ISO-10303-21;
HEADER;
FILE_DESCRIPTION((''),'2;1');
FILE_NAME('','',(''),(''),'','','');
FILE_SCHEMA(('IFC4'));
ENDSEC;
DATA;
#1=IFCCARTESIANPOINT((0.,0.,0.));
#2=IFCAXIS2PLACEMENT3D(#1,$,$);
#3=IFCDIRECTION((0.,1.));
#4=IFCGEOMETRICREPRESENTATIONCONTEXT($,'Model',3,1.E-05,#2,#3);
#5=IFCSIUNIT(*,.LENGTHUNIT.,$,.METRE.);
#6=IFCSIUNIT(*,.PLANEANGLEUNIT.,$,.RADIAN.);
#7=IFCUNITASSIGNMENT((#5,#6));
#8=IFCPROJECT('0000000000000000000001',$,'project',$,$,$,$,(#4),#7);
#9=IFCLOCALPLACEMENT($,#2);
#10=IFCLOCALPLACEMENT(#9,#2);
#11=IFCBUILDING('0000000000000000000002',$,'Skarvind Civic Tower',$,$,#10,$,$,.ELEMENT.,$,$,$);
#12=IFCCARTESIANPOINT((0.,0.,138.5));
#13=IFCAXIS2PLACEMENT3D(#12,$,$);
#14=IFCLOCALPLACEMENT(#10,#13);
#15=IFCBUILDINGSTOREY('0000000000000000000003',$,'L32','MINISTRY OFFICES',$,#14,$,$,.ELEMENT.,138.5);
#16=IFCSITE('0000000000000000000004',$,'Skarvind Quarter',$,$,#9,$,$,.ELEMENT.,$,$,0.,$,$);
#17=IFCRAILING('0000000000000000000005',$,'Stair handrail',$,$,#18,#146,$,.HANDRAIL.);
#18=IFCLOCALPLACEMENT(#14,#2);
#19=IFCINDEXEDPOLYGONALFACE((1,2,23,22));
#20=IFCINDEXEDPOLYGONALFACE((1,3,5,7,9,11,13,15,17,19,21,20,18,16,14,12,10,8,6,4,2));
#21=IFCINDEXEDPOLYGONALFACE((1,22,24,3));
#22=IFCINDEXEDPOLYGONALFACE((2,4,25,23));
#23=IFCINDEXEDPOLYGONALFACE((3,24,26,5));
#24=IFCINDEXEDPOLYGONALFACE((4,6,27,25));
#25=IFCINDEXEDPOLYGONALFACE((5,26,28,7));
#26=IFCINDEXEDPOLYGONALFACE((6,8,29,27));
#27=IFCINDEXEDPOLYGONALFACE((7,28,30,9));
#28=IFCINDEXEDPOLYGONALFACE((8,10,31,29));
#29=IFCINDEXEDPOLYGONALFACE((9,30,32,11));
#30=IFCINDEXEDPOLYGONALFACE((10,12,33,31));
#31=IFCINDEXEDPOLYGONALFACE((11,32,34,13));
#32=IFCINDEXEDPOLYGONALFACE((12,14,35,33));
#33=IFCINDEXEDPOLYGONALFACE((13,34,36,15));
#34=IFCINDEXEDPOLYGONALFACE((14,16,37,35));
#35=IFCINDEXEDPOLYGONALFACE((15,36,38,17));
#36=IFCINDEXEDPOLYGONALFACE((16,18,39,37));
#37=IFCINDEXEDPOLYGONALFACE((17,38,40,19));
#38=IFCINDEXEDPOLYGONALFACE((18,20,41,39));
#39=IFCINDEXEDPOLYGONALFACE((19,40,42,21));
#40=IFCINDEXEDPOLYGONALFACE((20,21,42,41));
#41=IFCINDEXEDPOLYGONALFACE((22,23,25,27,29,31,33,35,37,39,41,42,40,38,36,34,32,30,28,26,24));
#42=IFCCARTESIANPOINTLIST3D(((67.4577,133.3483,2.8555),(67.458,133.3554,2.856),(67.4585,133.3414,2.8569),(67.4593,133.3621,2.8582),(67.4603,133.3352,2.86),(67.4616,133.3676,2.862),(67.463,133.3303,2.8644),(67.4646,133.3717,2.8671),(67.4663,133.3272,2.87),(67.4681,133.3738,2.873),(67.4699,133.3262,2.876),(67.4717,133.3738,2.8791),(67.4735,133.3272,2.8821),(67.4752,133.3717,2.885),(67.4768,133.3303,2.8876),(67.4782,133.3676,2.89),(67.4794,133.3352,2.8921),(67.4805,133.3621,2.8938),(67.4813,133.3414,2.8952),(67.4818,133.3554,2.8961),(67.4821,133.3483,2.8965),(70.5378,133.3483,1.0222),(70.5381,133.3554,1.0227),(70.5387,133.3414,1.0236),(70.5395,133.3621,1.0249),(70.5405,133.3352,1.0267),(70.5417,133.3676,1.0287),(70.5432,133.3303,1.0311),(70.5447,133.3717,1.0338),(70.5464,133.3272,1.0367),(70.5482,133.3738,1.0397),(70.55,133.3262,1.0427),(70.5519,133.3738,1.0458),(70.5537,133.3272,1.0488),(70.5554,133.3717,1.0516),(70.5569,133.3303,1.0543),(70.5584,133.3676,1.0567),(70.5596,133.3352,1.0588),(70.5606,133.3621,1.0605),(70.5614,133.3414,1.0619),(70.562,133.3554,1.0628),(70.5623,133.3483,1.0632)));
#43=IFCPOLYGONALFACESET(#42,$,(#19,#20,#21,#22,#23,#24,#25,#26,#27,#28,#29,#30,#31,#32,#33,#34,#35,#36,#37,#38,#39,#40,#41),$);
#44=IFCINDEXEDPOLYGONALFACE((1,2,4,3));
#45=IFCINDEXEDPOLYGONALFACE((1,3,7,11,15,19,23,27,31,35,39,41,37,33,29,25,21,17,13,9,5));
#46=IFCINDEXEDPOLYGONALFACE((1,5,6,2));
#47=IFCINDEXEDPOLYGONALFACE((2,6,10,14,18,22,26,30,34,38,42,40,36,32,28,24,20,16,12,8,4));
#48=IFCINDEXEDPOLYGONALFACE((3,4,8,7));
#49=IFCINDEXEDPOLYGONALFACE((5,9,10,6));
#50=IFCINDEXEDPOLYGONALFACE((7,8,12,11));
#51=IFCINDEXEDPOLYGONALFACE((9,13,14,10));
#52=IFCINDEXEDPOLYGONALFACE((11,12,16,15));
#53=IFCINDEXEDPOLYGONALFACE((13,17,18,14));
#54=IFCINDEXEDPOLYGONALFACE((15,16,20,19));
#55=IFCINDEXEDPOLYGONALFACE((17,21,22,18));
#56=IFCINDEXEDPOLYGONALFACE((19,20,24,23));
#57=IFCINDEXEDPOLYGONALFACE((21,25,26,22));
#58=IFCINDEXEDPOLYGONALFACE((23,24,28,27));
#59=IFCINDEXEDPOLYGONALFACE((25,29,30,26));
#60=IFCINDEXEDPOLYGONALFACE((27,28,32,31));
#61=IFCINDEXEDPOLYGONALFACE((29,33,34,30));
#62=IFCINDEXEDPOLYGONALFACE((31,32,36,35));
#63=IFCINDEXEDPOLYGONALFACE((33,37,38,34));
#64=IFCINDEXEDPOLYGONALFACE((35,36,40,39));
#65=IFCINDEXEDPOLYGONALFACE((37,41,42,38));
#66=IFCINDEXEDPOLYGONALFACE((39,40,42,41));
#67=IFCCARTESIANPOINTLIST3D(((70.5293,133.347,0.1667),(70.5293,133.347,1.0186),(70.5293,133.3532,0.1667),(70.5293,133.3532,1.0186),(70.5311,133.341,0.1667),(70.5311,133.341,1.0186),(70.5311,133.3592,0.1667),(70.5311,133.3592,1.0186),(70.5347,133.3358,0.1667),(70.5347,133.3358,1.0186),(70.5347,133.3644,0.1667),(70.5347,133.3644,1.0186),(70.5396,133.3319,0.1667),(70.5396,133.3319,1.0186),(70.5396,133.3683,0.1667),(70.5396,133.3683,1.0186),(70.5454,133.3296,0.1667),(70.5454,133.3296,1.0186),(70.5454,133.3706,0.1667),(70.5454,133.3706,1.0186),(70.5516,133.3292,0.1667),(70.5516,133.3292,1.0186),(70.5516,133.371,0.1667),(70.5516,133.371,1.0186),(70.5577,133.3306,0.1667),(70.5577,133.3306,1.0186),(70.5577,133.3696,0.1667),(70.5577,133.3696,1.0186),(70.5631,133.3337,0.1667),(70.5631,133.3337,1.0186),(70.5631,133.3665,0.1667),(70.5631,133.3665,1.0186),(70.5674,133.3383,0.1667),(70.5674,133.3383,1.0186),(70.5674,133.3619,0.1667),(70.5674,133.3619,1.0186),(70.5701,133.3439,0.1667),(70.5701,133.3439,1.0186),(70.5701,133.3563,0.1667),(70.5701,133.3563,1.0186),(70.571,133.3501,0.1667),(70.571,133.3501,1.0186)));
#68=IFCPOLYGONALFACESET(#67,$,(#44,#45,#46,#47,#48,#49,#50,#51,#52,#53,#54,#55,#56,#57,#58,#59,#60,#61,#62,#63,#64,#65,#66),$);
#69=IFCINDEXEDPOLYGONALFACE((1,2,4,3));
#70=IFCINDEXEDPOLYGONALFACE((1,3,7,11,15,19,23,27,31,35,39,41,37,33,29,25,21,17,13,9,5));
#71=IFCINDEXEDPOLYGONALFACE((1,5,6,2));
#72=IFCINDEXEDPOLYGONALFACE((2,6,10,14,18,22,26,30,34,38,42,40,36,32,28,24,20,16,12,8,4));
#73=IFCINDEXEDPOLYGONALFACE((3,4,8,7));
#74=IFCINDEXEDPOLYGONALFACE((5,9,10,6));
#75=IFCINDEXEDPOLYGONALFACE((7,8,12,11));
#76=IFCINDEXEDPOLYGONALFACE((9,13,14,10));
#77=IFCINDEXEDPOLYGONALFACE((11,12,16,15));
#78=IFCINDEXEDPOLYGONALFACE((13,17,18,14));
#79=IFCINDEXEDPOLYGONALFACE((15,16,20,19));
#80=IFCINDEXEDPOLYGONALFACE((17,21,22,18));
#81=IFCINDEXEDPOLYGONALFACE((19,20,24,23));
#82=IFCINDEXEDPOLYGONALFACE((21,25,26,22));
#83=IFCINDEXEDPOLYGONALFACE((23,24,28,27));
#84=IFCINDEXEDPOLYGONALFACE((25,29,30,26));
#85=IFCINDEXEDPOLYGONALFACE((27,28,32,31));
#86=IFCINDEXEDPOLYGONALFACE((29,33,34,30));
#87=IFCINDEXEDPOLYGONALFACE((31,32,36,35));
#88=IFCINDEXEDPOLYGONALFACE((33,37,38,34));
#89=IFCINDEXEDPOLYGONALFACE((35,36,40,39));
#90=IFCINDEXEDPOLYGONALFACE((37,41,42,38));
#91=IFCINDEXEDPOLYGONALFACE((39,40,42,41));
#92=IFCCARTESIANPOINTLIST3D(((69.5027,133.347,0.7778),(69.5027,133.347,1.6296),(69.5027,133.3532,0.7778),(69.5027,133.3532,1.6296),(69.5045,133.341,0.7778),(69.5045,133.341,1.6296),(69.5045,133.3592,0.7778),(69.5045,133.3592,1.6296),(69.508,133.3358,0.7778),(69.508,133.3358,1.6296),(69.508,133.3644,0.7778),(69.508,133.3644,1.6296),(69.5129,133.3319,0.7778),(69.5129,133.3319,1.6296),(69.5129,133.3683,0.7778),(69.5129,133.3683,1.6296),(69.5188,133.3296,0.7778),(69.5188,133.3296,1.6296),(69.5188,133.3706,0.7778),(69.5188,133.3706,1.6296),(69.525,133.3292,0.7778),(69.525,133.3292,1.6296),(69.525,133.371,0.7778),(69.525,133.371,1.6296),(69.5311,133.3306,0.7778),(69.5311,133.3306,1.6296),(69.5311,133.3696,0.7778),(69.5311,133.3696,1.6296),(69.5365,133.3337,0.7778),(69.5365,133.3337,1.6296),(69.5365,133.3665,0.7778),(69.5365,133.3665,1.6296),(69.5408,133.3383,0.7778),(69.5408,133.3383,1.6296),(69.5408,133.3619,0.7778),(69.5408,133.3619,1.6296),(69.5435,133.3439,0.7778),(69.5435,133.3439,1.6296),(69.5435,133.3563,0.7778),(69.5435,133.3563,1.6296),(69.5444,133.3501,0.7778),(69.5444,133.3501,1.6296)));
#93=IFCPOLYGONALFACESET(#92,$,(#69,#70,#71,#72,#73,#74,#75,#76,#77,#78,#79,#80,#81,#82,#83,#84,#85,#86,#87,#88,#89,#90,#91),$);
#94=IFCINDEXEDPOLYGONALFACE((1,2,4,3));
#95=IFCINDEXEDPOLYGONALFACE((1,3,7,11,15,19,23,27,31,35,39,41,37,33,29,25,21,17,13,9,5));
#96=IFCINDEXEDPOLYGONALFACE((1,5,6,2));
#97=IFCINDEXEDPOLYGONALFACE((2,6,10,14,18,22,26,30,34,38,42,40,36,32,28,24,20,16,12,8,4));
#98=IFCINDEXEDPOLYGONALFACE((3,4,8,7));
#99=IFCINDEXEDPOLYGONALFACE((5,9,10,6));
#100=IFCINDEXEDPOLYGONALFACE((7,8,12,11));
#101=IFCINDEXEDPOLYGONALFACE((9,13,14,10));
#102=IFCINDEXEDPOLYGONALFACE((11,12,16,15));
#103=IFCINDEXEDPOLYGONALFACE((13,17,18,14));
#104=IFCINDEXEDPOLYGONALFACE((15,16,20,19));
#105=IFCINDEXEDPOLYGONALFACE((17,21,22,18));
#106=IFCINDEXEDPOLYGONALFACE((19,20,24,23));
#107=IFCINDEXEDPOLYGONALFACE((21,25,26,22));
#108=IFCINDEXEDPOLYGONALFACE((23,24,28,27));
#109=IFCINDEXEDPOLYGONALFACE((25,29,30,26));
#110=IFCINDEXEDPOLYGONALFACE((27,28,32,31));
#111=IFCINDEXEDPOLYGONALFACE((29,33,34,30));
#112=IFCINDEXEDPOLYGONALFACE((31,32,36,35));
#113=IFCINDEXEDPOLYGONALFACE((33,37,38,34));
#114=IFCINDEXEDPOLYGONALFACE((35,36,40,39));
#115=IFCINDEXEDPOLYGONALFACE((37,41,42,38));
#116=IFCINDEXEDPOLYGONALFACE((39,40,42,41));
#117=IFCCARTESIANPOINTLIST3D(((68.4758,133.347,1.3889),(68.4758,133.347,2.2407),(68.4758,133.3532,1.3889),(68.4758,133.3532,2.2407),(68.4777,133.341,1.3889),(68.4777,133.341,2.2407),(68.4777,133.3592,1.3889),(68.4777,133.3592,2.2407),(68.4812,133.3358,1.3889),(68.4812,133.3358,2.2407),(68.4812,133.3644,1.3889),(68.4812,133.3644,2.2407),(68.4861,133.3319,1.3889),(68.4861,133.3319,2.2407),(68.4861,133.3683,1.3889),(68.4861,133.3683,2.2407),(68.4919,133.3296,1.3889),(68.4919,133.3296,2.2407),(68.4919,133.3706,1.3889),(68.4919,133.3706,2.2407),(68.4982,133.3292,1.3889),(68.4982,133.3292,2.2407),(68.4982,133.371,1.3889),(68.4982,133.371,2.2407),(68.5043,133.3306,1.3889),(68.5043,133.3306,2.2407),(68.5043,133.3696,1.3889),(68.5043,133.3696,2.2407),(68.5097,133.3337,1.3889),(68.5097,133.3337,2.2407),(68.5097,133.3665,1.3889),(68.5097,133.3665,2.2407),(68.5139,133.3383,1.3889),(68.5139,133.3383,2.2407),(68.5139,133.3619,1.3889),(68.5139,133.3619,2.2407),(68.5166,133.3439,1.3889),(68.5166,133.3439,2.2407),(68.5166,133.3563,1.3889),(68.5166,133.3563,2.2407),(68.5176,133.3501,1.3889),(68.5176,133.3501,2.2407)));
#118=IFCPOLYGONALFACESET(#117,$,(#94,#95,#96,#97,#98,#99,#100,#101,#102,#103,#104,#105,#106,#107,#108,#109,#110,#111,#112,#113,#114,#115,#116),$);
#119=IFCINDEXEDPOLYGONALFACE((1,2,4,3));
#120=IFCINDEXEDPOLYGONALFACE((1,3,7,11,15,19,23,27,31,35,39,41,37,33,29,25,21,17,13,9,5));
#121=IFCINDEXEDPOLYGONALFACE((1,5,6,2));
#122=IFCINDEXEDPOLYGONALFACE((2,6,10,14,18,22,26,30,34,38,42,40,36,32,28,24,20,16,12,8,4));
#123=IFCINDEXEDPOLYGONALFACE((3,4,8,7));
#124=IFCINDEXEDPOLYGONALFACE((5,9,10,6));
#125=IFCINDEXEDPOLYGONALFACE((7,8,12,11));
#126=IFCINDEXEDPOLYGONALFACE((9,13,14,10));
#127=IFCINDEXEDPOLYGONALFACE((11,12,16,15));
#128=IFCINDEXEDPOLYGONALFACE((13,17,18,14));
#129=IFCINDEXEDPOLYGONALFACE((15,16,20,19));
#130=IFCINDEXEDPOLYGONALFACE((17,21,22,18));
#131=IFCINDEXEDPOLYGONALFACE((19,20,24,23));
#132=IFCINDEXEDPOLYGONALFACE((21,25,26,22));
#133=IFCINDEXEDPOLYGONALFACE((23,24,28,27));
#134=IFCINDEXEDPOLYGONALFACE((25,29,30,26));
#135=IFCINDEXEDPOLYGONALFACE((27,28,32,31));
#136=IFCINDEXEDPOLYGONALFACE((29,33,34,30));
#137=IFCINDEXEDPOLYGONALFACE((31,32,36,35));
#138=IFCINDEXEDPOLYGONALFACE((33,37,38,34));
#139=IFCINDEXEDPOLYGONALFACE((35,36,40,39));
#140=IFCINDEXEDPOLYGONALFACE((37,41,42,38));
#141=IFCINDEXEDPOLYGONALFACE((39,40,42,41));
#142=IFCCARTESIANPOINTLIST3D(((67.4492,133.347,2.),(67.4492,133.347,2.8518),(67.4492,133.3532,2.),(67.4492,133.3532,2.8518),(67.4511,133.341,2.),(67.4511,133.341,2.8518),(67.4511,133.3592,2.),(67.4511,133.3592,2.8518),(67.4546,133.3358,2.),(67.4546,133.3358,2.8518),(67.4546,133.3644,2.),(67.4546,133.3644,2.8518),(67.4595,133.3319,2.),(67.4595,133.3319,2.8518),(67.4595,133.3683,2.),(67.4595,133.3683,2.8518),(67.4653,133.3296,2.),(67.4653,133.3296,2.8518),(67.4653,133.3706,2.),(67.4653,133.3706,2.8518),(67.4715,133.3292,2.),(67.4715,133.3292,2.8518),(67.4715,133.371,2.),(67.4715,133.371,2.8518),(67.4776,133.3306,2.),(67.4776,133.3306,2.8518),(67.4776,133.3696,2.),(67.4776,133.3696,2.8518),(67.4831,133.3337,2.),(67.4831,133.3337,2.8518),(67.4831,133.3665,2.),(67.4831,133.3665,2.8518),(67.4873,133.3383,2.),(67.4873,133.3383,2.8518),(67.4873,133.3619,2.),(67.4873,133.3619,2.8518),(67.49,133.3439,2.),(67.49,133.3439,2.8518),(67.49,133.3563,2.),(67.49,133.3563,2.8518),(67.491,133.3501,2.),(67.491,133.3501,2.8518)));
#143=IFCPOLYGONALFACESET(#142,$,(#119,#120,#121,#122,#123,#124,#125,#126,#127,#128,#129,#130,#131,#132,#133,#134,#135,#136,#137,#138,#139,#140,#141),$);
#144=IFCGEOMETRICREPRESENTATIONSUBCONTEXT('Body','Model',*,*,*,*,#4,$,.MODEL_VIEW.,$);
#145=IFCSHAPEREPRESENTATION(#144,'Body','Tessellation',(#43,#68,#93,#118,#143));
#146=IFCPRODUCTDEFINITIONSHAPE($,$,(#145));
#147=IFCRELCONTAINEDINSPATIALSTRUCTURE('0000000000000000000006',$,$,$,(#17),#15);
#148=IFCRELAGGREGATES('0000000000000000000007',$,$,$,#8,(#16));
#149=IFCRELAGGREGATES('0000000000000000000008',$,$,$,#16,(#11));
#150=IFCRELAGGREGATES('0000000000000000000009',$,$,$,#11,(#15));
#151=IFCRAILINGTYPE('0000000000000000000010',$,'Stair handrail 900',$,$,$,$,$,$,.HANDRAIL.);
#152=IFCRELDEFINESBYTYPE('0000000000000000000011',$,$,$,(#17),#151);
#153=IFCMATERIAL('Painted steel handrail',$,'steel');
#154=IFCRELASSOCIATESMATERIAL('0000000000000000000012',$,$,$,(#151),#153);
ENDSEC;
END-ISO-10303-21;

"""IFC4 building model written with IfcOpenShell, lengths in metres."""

from ifc_helpers import new_model, si_unit, direction, frame, origin, origin_2d, place, context, subcontext, project, spatial, circle, extrude, material, type_object, element, save


model = new_model("IFC4")

# Units and contexts
model_context = context("Model", 3, precision=1e-05, world=origin(), true_north=direction((0.0, 1.0)))
body_context = subcontext(model_context, "Body", "Model", "MODEL_VIEW")
ifc_project = project(units=[si_unit("LENGTHUNIT", "METRE"), si_unit("PLANEANGLEUNIT", "RADIAN")], contexts=[model_context])

# Site, building, storey
site_placement = place(None, origin())
site = spatial("IfcSite", under=ifc_project, at=site_placement, Name="Skarvind Quarter", CompositionType="ELEMENT", RefElevation=0.0)
building_placement = place(site_placement, origin())
building = spatial("IfcBuilding", under=site, at=building_placement, Name="Skarvind Civic Tower", CompositionType="ELEMENT")
storey_placement = place(building_placement, frame((0.0, 0.0, 138.5)))
storey = spatial("IfcBuildingStorey", under=building, at=storey_placement, Name="L32", Description="MINISTRY OFFICES", CompositionType="ELEMENT", Elevation=138.5)

# Railing
ifc_material_1 = material(Name="Painted steel handrail", Category="steel")
railing_type = type_object("IfcRailingType", Name="Stair handrail 900", PredefinedType="HANDRAIL", material=ifc_material_1)
railing_1_placement = place(storey_placement, frame((70.55, 133.3501, 0.1667)))
element("IfcRailing", 1, at=railing_1_placement, inside=storey, type_object=railing_type, Name="Stair handrail", PredefinedType="HANDRAIL", context=body_context, shape_type="SweptSolid", body=[
    extrude(circle(Radius=0.0239, at=origin_2d()), frame((0.0, 0.0, 0.876), z_axis=(-0.859309, 0.0, 0.511458), x_axis=(0.0, -1.0, 0.0)), (0.0, 0.0, 1.0), 3.5845),
    extrude(circle(Radius=0.021, at=origin_2d()), origin(), (0.0, 0.0, 1.0), 0.8518),
    extrude(circle(Radius=0.021, at=origin_2d()), frame((-1.0266, 0.0, 0.6111)), (0.0, 0.0, 1.0), 0.8518),
    extrude(circle(Radius=0.021, at=origin_2d()), frame((-2.0535, 0.0, 1.2222)), (0.0, 0.0, 1.0), 0.8518),
    extrude(circle(Radius=0.021, at=origin_2d()), frame((-3.0801, 0.0, 1.8333)), (0.0, 0.0, 1.0), 0.8518),
])

save(model, "model.ifc")
